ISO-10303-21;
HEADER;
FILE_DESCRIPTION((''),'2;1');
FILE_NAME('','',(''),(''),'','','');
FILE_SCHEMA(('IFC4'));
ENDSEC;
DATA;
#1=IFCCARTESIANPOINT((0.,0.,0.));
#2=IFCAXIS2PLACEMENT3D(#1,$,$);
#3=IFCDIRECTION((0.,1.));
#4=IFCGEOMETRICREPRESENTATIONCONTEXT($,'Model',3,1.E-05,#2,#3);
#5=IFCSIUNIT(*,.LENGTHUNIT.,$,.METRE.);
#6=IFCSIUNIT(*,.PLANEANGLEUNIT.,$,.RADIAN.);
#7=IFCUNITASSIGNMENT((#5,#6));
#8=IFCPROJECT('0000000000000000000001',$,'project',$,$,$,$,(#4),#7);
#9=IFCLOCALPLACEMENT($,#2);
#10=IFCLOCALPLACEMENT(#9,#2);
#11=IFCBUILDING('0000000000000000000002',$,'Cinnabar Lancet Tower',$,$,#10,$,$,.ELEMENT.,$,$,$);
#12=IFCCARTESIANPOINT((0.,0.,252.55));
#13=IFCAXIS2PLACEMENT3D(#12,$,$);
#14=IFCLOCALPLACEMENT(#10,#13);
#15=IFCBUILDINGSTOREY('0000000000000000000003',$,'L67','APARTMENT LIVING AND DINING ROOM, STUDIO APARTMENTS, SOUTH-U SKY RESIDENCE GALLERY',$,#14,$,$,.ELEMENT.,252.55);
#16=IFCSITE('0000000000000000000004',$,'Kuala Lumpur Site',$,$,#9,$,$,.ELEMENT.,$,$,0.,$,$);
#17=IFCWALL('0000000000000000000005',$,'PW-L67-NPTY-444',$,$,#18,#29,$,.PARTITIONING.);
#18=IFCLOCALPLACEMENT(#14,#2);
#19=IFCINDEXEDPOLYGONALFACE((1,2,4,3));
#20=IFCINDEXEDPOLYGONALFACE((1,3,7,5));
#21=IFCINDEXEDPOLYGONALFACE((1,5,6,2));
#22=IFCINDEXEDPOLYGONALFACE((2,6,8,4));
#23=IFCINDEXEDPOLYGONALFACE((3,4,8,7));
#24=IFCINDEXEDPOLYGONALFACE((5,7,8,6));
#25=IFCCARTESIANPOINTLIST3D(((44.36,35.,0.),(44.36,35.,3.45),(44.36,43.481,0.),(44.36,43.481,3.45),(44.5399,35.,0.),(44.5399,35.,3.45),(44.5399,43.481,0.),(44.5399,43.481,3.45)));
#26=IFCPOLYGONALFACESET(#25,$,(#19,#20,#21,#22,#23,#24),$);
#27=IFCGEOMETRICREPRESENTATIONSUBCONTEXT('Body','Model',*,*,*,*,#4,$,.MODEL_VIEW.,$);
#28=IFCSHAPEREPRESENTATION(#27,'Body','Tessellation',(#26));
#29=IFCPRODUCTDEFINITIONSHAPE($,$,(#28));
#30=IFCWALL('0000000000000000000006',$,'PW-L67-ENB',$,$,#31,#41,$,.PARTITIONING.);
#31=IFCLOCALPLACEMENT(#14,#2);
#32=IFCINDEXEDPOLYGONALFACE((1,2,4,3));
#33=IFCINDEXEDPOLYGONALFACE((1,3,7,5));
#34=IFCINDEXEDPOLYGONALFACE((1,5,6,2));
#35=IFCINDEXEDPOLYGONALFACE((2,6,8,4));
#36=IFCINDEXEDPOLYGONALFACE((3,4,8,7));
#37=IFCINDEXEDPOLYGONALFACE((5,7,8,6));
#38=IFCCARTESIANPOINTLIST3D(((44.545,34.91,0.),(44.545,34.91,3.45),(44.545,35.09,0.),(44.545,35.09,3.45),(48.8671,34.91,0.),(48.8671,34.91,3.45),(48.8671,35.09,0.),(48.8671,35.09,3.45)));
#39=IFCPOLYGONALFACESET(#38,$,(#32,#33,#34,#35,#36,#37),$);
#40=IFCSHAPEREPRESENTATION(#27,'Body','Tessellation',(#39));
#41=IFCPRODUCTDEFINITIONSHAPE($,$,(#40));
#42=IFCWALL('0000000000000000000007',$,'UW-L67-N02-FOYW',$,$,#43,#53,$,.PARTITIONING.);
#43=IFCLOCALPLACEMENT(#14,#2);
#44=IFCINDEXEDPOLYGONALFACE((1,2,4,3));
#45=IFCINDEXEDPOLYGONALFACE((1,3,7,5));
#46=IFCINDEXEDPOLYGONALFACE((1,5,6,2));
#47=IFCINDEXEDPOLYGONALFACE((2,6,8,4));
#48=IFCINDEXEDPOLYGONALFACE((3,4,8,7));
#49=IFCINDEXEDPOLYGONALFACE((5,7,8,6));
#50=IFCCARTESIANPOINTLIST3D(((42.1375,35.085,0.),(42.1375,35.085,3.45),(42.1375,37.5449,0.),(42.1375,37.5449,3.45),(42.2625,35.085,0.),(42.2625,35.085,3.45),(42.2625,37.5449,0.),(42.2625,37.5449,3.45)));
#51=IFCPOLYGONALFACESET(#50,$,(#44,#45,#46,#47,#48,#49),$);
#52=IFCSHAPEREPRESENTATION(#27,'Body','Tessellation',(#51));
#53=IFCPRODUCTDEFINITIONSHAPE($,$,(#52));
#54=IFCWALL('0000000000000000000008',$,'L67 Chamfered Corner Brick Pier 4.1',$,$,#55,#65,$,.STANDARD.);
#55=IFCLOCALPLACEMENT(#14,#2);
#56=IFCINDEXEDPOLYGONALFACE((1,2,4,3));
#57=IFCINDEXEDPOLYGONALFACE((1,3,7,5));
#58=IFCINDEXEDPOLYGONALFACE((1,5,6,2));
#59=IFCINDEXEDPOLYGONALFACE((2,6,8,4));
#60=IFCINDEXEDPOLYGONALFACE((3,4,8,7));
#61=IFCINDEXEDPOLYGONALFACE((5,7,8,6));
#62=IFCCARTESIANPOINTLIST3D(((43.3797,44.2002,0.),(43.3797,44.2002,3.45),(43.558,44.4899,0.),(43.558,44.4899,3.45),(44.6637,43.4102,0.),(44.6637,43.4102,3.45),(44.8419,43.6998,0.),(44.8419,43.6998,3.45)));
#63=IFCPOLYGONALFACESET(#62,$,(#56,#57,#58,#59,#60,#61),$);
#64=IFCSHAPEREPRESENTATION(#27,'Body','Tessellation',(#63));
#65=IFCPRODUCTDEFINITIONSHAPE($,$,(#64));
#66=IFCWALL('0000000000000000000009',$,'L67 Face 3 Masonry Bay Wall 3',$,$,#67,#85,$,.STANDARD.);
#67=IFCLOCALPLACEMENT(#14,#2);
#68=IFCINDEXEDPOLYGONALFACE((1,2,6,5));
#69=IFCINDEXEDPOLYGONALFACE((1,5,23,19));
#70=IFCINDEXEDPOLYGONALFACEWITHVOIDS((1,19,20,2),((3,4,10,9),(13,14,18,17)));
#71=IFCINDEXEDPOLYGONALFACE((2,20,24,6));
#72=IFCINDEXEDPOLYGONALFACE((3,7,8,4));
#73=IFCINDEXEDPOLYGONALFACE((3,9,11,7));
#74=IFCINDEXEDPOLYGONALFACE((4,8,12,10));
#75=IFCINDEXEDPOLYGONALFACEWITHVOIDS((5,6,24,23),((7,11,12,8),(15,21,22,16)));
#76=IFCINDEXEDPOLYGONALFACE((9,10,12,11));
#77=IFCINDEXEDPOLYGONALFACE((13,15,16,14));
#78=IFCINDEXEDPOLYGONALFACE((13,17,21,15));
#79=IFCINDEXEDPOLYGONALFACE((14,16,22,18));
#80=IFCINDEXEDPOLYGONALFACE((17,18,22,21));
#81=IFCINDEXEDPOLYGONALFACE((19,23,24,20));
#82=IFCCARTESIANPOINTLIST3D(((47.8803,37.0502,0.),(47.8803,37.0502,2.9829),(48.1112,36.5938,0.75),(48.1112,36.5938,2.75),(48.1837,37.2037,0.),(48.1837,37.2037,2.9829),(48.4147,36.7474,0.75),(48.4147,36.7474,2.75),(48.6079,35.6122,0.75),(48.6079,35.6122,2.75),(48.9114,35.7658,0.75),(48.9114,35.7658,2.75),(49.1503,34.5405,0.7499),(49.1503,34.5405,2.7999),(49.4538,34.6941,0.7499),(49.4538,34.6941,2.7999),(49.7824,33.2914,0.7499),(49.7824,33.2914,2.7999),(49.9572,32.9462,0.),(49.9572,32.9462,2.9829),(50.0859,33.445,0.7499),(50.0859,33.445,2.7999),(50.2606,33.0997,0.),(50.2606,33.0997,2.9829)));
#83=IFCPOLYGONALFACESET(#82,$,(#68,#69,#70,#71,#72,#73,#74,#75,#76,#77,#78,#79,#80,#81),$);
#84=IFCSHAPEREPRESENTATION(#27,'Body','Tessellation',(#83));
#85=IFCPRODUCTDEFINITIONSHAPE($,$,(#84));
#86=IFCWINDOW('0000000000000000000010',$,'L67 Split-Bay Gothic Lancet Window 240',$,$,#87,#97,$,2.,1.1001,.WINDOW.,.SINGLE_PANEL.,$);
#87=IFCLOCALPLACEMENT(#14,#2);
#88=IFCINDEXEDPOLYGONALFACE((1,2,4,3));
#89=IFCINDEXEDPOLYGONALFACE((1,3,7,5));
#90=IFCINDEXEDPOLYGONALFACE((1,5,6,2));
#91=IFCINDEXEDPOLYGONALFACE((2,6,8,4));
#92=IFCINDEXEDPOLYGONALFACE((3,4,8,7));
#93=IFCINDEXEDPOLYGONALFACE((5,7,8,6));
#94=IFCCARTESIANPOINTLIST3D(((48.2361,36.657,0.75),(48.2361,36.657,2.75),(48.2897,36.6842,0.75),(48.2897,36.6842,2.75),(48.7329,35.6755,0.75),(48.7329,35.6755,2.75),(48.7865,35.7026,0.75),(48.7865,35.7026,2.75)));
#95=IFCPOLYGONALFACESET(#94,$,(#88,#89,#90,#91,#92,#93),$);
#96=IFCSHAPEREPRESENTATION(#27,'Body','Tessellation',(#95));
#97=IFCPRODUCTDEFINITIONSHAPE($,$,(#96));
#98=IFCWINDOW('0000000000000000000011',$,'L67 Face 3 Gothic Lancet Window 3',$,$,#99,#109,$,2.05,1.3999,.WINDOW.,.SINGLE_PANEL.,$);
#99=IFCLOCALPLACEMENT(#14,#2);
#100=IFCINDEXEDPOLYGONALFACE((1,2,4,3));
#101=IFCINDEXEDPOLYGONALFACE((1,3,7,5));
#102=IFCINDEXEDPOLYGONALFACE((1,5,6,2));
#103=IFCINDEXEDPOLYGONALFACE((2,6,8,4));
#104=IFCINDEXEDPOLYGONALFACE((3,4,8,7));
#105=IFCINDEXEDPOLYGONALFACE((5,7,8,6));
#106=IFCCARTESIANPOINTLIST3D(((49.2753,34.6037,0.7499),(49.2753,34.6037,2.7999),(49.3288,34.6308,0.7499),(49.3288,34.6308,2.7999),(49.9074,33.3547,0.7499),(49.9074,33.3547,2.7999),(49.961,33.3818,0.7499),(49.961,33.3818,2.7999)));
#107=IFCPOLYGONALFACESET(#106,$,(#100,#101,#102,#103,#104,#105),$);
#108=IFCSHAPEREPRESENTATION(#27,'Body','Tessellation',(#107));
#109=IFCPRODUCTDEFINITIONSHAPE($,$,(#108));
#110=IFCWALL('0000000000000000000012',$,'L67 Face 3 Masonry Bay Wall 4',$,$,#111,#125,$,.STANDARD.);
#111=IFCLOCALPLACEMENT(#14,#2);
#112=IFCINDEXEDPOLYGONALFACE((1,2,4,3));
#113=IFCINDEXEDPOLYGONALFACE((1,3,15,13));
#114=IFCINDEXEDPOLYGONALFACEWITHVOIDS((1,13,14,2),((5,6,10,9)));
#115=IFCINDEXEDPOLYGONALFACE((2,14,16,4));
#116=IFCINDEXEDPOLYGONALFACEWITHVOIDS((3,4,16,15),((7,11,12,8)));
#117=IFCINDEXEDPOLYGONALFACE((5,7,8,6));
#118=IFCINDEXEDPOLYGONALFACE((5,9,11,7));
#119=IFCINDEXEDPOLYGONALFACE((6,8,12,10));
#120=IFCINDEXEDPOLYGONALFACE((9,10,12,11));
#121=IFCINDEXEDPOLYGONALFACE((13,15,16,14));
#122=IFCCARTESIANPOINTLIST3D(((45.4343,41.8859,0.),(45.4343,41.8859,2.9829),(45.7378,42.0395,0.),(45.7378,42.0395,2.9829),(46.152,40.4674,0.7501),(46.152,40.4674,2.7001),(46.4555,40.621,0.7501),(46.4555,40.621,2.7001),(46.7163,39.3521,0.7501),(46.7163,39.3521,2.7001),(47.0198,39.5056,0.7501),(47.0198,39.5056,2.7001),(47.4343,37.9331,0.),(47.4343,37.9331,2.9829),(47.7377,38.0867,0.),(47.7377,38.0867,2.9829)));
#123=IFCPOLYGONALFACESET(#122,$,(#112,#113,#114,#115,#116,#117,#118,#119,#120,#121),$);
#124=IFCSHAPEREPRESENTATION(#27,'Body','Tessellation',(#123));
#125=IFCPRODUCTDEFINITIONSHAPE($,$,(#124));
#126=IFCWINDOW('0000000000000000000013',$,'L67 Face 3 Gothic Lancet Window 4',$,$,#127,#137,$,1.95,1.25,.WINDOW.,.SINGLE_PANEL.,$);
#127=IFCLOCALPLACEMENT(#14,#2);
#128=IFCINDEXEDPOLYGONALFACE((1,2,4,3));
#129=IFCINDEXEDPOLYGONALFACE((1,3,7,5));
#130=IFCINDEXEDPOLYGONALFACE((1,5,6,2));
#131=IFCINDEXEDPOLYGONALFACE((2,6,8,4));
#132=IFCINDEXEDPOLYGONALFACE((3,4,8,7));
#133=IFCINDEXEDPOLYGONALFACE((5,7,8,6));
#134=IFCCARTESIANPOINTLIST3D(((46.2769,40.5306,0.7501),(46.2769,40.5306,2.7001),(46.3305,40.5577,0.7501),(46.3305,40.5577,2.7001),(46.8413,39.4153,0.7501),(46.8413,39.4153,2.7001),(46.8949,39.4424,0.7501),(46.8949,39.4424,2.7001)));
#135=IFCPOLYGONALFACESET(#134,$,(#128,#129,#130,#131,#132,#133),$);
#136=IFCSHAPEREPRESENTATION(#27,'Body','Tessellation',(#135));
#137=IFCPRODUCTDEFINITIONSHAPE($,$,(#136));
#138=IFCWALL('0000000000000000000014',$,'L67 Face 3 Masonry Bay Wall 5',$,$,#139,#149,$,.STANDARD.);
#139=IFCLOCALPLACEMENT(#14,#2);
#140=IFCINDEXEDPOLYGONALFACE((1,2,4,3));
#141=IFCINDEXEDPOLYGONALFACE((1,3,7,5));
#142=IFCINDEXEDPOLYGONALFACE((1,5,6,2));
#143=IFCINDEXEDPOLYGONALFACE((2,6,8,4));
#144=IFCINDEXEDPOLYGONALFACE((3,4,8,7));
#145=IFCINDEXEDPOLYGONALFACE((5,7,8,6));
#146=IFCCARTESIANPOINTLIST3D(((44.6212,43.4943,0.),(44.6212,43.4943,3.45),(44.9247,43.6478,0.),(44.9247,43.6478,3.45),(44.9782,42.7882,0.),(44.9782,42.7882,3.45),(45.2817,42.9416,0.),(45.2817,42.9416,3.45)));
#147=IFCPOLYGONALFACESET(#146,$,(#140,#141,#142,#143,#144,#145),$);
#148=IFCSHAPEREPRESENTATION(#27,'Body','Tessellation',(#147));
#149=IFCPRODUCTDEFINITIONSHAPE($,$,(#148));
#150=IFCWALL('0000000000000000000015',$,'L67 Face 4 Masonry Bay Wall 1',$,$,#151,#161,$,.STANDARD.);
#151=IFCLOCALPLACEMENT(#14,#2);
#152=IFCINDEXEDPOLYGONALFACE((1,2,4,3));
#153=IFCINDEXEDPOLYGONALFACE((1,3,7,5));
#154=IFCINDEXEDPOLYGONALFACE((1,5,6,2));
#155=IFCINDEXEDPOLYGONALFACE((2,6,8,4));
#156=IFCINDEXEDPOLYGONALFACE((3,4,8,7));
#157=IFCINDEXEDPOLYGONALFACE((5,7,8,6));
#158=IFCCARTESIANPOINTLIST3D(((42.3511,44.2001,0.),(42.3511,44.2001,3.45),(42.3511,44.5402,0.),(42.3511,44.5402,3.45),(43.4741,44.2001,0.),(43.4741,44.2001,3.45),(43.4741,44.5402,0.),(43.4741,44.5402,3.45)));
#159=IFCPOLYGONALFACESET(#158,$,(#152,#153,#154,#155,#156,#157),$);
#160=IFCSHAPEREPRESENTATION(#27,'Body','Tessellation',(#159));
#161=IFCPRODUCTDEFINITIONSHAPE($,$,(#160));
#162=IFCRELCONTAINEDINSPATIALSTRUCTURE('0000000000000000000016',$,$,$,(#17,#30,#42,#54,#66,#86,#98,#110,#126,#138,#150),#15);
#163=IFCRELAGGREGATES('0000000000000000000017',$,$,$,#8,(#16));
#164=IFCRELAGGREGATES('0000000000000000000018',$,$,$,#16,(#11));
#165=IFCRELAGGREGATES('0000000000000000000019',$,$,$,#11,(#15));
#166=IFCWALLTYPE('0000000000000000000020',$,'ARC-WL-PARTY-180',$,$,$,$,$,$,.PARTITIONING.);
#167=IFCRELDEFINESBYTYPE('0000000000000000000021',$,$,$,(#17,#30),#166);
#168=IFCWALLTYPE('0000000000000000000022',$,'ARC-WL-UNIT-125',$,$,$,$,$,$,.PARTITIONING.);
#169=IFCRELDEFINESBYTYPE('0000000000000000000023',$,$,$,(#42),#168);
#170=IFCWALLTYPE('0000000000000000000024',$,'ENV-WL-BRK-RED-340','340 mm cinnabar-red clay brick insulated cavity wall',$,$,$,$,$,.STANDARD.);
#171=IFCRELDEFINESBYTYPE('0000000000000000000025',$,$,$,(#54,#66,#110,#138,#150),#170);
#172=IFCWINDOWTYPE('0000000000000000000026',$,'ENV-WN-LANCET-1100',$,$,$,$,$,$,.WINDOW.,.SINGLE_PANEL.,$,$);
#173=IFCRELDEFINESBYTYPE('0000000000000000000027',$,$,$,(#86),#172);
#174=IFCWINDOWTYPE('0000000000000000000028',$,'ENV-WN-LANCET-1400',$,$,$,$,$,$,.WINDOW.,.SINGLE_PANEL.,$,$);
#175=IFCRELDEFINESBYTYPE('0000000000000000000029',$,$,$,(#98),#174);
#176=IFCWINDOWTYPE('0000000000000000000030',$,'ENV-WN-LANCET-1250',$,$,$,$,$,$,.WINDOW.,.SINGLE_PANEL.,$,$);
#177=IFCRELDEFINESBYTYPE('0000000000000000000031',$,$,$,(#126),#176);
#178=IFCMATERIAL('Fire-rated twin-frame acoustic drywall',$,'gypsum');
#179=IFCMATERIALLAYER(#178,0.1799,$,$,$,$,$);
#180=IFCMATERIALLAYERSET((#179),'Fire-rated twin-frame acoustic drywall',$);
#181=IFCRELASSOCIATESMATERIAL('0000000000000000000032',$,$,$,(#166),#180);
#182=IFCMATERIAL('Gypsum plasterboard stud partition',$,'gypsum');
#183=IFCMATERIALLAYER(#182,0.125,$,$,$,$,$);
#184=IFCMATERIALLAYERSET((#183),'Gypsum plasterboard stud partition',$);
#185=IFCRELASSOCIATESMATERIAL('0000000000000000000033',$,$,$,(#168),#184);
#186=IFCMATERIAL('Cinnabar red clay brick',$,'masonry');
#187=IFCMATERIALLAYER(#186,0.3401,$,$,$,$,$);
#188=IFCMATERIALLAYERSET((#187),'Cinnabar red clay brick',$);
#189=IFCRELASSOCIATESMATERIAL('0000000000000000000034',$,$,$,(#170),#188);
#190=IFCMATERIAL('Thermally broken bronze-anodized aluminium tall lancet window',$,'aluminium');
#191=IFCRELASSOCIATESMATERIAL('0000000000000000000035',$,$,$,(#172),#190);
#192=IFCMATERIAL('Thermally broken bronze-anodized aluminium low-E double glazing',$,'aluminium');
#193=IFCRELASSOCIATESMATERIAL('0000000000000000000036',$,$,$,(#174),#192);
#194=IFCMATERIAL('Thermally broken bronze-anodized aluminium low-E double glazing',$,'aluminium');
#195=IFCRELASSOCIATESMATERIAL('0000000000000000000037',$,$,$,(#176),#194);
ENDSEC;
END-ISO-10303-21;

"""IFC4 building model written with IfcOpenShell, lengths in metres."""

from ifc_helpers import new_model, si_unit, direction, frame, frame_2d, origin, place, context, subcontext, project, spatial, rectangle, extrude, material, layer, layer_set, type_object, element, fill, save


model = new_model("IFC4")

# Units and contexts
model_context = context("Model", 3, precision=1e-05, world=origin(), true_north=direction((0.0, 1.0)))
body_context = subcontext(model_context, "Body", "Model", "MODEL_VIEW")
ifc_project = project(units=[si_unit("LENGTHUNIT", "METRE"), si_unit("PLANEANGLEUNIT", "RADIAN")], contexts=[model_context])

# Site, building, storey
site_placement = place(None, origin())
site = spatial("IfcSite", under=ifc_project, at=site_placement, Name="Kuala Lumpur Site", CompositionType="ELEMENT", RefElevation=0.0)
building_placement = place(site_placement, origin())
building = spatial("IfcBuilding", under=site, at=building_placement, Name="Cinnabar Lancet Tower", CompositionType="ELEMENT")
storey_placement = place(building_placement, frame((0.0, 0.0, 252.55)))
storey = spatial("IfcBuildingStorey", under=building, at=storey_placement, Name="L67", Description="APARTMENT LIVING AND DINING ROOM, STUDIO APARTMENTS, SOUTH-U SKY RESIDENCE GALLERY", CompositionType="ELEMENT", Elevation=252.55)

# Walls
ifc_material_1 = material(Name="Fire-rated twin-frame acoustic drywall", Category="gypsum")
ifc_layer_1 = layer(ifc_material_1, 0.1799)
ifc_layer_set_1 = layer_set([ifc_layer_1], Name="Fire-rated twin-frame acoustic drywall")
wall_type_1 = type_object("IfcWallType", Name="ARC-WL-PARTY-180", PredefinedType="PARTITIONING", material=ifc_layer_set_1)
wall_1_placement = place(storey_placement, frame((44.45, 35.0, 0.0), z_axis=(0.0, 0.0, 1.0), x_axis=(0.0, 1.0, 0.0)))
element("IfcWall", 1, at=wall_1_placement, inside=storey, type_object=wall_type_1, Name="PW-L67-NPTY-444", PredefinedType="PARTITIONING", context=body_context, shape_type="SweptSolid", body=[
    extrude(rectangle(XDim=8.481, YDim=0.1799, at=frame_2d((4.2405, 0.0))), origin(), (0.0, 0.0, 1.0), 3.45),
])
wall_2_placement = place(storey_placement, frame((44.5449, 35.0, 0.0), z_axis=(0.0, 0.0, 1.0), x_axis=(1.0, 0.0, 0.0)))
element("IfcWall", 2, at=wall_2_placement, inside=storey, type_object=wall_type_1, Name="PW-L67-ENB", PredefinedType="PARTITIONING", context=body_context, shape_type="SweptSolid", body=[
    extrude(rectangle(XDim=4.322, YDim=0.1799, at=frame_2d((2.1611, 0.0))), origin(), (0.0, 0.0, 1.0), 3.45),
])
ifc_material_2 = material(Name="Gypsum plasterboard stud partition", Category="gypsum")
ifc_layer_2 = layer(ifc_material_2, 0.125)
ifc_layer_set_2 = layer_set([ifc_layer_2], Name="Gypsum plasterboard stud partition")
wall_type_2 = type_object("IfcWallType", Name="ARC-WL-UNIT-125", PredefinedType="PARTITIONING", material=ifc_layer_set_2)
wall_3_placement = place(storey_placement, frame((42.2, 35.085, 0.0), z_axis=(0.0, 0.0, 1.0), x_axis=(0.0, 1.0, 0.0)))
element("IfcWall", 3, at=wall_3_placement, inside=storey, type_object=wall_type_2, Name="UW-L67-N02-FOYW", PredefinedType="PARTITIONING", context=body_context, shape_type="SweptSolid", body=[
    extrude(rectangle(XDim=2.46, YDim=0.125, at=frame_2d((1.23, 0.0))), origin(), (0.0, 0.0, 1.0), 3.45),
])
ifc_material_3 = material(Name="Cinnabar red clay brick", Category="masonry")
ifc_layer_3 = layer(ifc_material_3, 0.3401)
ifc_layer_set_3 = layer_set([ifc_layer_3], Name="Cinnabar red clay brick")
wall_type_3 = type_object("IfcWallType", Name="ENV-WL-BRK-RED-340", Description="340 mm cinnabar-red clay brick insulated cavity wall", PredefinedType="STANDARD", material=ifc_layer_set_3)
wall_4_placement = place(storey_placement, frame((44.7529, 43.5549, 0.0), z_axis=(0.0, 0.0, 1.0), x_axis=(-0.851681, 0.524061, 0.0)))
element("IfcWall", 4, at=wall_4_placement, inside=storey, type_object=wall_type_3, Name="L67 Chamfered Corner Brick Pier 4.1", PredefinedType="STANDARD", context=body_context, shape_type="SweptSolid", body=[
    extrude(rectangle(XDim=1.5076, YDim=0.3401, at=frame_2d((0.7539, 0.0))), origin(), (0.0, 0.0, 1.0), 3.45),
])

# Wall, openings, windows
wall_5_placement = place(storey_placement, frame((50.1089, 33.0229, 0.0), z_axis=(0.0, 0.0, 1.0), x_axis=(-0.45154, 0.892251, 0.0)))
wall_5 = element("IfcWall", 5, at=wall_5_placement, inside=storey, type_object=wall_type_3, Name="L67 Face 3 Masonry Bay Wall 3", PredefinedType="STANDARD", context=body_context, shape_type="SweptSolid", body=[
    extrude(rectangle(XDim=4.5996, YDim=0.3401, at=frame_2d((2.2998, 0.0))), origin(), (0.0, 0.0, 1.0), 2.9829),
])
opening_1_placement = place(wall_5_placement, frame((0.387, 0.0, 0.75)))
opening_1 = element("IfcOpeningElement", 6, at=opening_1_placement, cuts=wall_5, PredefinedType="OPENING", context=body_context, shape_type="SweptSolid", body=[
    extrude(rectangle(XDim=1.3999, YDim=2.05, at=frame_2d((0.7, 1.0249))), frame((0.0, 0.1799, 0.0), z_axis=(0.0, -1.0, 0.0), x_axis=(1.0, 0.0, 0.0)), (0.0, 0.0, 1.0), 0.3601),
])
opening_2_placement = place(wall_5_placement, frame((2.988, 0.0, 0.75)))
opening_2 = element("IfcOpeningElement", 7, at=opening_2_placement, cuts=wall_5, PredefinedType="OPENING", context=body_context, shape_type="SweptSolid", body=[
    extrude(rectangle(XDim=1.1001, YDim=2.0, at=frame_2d((0.55, 1.0))), frame((0.0, 0.1799, 0.0), z_axis=(0.0, -1.0, 0.0), x_axis=(1.0, 0.0, 0.0)), (0.0, 0.0, 1.0), 0.3601),
])
ifc_material_4 = material(Name="Thermally broken bronze-anodized aluminium tall lancet window", Category="aluminium")
window_type_1 = type_object("IfcWindowType", Name="ENV-WN-LANCET-1100", PartitioningType="SINGLE_PANEL", PredefinedType="WINDOW", material=ifc_material_4)
window_1_placement = place(opening_2_placement, origin())
window_1 = element("IfcWindow", 8, at=window_1_placement, inside=storey, type_object=window_type_1, Name="L67 Split-Bay Gothic Lancet Window 240", OverallHeight=2.0, OverallWidth=1.1001, PartitioningType="SINGLE_PANEL", PredefinedType="WINDOW", context=body_context, shape_type="SweptSolid", body=[
    extrude(rectangle(XDim=1.1001, YDim=2.0, at=frame_2d((0.55, 1.0))), frame((0.0, 0.03, 0.0), z_axis=(0.0, -1.0, 0.0), x_axis=(1.0, 0.0, 0.0)), (0.0, 0.0, 1.0), 0.0601),
])
fill(opening_2, window_1)
ifc_material_5 = material(Name="Thermally broken bronze-anodized aluminium low-E double glazing", Category="aluminium")
window_type_2 = type_object("IfcWindowType", Name="ENV-WN-LANCET-1400", PartitioningType="SINGLE_PANEL", PredefinedType="WINDOW", material=ifc_material_5)
window_2_placement = place(opening_1_placement, origin())
window_2 = element("IfcWindow", 9, at=window_2_placement, inside=storey, type_object=window_type_2, Name="L67 Face 3 Gothic Lancet Window 3", OverallHeight=2.05, OverallWidth=1.3999, PartitioningType="SINGLE_PANEL", PredefinedType="WINDOW", context=body_context, shape_type="SweptSolid", body=[
    extrude(rectangle(XDim=1.3999, YDim=2.05, at=frame_2d((0.7, 1.0249))), frame((0.0, 0.03, 0.0), z_axis=(0.0, -1.0, 0.0), x_axis=(1.0, 0.0, 0.0)), (0.0, 0.0, 1.0), 0.0601),
])
fill(opening_1, window_2)

# Wall, opening, window
wall_6_placement = place(storey_placement, frame((47.5859, 38.01, 0.0), z_axis=(0.0, 0.0, 1.0), x_axis=(-0.451463, 0.89229, 0.0)))
wall_6 = element("IfcWall", 10, at=wall_6_placement, inside=storey, type_object=wall_type_3, Name="L67 Face 3 Masonry Bay Wall 4", PredefinedType="STANDARD", context=body_context, shape_type="SweptSolid", body=[
    extrude(rectangle(XDim=4.4299, YDim=0.3401, at=frame_2d((2.2148, 0.0))), origin(), (0.0, 0.0, 1.0), 2.9829),
])
opening_3_placement = place(wall_6_placement, frame((1.5901, 0.0, 0.75)))
opening_3 = element("IfcOpeningElement", 11, at=opening_3_placement, cuts=wall_6, PredefinedType="OPENING", context=body_context, shape_type="SweptSolid", body=[
    extrude(rectangle(XDim=1.25, YDim=1.95, at=frame_2d((0.625, 0.9751))), frame((0.0, 0.1799, 0.0), z_axis=(0.0, -1.0, 0.0), x_axis=(1.0, 0.0, 0.0)), (0.0, 0.0, 1.0), 0.3601),
])
ifc_material_6 = material(Name="Thermally broken bronze-anodized aluminium low-E double glazing", Category="aluminium")
window_type_3 = type_object("IfcWindowType", Name="ENV-WN-LANCET-1250", PartitioningType="SINGLE_PANEL", PredefinedType="WINDOW", material=ifc_material_6)
window_3_placement = place(opening_3_placement, origin())
window_3 = element("IfcWindow", 12, at=window_3_placement, inside=storey, type_object=window_type_3, Name="L67 Face 3 Gothic Lancet Window 4", OverallHeight=1.95, OverallWidth=1.25, PartitioningType="SINGLE_PANEL", PredefinedType="WINDOW", context=body_context, shape_type="SweptSolid", body=[
    extrude(rectangle(XDim=1.25, YDim=1.95, at=frame_2d((0.625, 0.9751))), frame((0.0, 0.03, 0.0), z_axis=(0.0, -1.0, 0.0), x_axis=(1.0, 0.0, 0.0)), (0.0, 0.0, 1.0), 0.0601),
])
fill(opening_3, window_3)

# Walls
wall_7_placement = place(storey_placement, frame((45.1299, 42.865, 0.0), z_axis=(0.0, 0.0, 1.0), x_axis=(-0.451159, 0.892443, 0.0)))
element("IfcWall", 13, at=wall_7_placement, inside=storey, type_object=wall_type_3, Name="L67 Face 3 Masonry Bay Wall 5", PredefinedType="STANDARD", context=body_context, shape_type="SweptSolid", body=[
    extrude(rectangle(XDim=0.7913, YDim=0.3401, at=frame_2d((0.3955, 0.0))), origin(), (0.0, 0.0, 1.0), 3.45),
])
wall_8_placement = place(storey_placement, frame((43.4741, 44.3701, 0.0), z_axis=(0.0, 0.0, 1.0), x_axis=(-1.0, 0.0, 0.0)))
element("IfcWall", 14, at=wall_8_placement, inside=storey, type_object=wall_type_3, Name="L67 Face 4 Masonry Bay Wall 1", PredefinedType="STANDARD", context=body_context, shape_type="SweptSolid", body=[
    extrude(rectangle(XDim=1.123, YDim=0.3401, at=frame_2d((0.5615, 0.0))), origin(), (0.0, 0.0, 1.0), 3.45),
])

save(model, "model.ifc")
